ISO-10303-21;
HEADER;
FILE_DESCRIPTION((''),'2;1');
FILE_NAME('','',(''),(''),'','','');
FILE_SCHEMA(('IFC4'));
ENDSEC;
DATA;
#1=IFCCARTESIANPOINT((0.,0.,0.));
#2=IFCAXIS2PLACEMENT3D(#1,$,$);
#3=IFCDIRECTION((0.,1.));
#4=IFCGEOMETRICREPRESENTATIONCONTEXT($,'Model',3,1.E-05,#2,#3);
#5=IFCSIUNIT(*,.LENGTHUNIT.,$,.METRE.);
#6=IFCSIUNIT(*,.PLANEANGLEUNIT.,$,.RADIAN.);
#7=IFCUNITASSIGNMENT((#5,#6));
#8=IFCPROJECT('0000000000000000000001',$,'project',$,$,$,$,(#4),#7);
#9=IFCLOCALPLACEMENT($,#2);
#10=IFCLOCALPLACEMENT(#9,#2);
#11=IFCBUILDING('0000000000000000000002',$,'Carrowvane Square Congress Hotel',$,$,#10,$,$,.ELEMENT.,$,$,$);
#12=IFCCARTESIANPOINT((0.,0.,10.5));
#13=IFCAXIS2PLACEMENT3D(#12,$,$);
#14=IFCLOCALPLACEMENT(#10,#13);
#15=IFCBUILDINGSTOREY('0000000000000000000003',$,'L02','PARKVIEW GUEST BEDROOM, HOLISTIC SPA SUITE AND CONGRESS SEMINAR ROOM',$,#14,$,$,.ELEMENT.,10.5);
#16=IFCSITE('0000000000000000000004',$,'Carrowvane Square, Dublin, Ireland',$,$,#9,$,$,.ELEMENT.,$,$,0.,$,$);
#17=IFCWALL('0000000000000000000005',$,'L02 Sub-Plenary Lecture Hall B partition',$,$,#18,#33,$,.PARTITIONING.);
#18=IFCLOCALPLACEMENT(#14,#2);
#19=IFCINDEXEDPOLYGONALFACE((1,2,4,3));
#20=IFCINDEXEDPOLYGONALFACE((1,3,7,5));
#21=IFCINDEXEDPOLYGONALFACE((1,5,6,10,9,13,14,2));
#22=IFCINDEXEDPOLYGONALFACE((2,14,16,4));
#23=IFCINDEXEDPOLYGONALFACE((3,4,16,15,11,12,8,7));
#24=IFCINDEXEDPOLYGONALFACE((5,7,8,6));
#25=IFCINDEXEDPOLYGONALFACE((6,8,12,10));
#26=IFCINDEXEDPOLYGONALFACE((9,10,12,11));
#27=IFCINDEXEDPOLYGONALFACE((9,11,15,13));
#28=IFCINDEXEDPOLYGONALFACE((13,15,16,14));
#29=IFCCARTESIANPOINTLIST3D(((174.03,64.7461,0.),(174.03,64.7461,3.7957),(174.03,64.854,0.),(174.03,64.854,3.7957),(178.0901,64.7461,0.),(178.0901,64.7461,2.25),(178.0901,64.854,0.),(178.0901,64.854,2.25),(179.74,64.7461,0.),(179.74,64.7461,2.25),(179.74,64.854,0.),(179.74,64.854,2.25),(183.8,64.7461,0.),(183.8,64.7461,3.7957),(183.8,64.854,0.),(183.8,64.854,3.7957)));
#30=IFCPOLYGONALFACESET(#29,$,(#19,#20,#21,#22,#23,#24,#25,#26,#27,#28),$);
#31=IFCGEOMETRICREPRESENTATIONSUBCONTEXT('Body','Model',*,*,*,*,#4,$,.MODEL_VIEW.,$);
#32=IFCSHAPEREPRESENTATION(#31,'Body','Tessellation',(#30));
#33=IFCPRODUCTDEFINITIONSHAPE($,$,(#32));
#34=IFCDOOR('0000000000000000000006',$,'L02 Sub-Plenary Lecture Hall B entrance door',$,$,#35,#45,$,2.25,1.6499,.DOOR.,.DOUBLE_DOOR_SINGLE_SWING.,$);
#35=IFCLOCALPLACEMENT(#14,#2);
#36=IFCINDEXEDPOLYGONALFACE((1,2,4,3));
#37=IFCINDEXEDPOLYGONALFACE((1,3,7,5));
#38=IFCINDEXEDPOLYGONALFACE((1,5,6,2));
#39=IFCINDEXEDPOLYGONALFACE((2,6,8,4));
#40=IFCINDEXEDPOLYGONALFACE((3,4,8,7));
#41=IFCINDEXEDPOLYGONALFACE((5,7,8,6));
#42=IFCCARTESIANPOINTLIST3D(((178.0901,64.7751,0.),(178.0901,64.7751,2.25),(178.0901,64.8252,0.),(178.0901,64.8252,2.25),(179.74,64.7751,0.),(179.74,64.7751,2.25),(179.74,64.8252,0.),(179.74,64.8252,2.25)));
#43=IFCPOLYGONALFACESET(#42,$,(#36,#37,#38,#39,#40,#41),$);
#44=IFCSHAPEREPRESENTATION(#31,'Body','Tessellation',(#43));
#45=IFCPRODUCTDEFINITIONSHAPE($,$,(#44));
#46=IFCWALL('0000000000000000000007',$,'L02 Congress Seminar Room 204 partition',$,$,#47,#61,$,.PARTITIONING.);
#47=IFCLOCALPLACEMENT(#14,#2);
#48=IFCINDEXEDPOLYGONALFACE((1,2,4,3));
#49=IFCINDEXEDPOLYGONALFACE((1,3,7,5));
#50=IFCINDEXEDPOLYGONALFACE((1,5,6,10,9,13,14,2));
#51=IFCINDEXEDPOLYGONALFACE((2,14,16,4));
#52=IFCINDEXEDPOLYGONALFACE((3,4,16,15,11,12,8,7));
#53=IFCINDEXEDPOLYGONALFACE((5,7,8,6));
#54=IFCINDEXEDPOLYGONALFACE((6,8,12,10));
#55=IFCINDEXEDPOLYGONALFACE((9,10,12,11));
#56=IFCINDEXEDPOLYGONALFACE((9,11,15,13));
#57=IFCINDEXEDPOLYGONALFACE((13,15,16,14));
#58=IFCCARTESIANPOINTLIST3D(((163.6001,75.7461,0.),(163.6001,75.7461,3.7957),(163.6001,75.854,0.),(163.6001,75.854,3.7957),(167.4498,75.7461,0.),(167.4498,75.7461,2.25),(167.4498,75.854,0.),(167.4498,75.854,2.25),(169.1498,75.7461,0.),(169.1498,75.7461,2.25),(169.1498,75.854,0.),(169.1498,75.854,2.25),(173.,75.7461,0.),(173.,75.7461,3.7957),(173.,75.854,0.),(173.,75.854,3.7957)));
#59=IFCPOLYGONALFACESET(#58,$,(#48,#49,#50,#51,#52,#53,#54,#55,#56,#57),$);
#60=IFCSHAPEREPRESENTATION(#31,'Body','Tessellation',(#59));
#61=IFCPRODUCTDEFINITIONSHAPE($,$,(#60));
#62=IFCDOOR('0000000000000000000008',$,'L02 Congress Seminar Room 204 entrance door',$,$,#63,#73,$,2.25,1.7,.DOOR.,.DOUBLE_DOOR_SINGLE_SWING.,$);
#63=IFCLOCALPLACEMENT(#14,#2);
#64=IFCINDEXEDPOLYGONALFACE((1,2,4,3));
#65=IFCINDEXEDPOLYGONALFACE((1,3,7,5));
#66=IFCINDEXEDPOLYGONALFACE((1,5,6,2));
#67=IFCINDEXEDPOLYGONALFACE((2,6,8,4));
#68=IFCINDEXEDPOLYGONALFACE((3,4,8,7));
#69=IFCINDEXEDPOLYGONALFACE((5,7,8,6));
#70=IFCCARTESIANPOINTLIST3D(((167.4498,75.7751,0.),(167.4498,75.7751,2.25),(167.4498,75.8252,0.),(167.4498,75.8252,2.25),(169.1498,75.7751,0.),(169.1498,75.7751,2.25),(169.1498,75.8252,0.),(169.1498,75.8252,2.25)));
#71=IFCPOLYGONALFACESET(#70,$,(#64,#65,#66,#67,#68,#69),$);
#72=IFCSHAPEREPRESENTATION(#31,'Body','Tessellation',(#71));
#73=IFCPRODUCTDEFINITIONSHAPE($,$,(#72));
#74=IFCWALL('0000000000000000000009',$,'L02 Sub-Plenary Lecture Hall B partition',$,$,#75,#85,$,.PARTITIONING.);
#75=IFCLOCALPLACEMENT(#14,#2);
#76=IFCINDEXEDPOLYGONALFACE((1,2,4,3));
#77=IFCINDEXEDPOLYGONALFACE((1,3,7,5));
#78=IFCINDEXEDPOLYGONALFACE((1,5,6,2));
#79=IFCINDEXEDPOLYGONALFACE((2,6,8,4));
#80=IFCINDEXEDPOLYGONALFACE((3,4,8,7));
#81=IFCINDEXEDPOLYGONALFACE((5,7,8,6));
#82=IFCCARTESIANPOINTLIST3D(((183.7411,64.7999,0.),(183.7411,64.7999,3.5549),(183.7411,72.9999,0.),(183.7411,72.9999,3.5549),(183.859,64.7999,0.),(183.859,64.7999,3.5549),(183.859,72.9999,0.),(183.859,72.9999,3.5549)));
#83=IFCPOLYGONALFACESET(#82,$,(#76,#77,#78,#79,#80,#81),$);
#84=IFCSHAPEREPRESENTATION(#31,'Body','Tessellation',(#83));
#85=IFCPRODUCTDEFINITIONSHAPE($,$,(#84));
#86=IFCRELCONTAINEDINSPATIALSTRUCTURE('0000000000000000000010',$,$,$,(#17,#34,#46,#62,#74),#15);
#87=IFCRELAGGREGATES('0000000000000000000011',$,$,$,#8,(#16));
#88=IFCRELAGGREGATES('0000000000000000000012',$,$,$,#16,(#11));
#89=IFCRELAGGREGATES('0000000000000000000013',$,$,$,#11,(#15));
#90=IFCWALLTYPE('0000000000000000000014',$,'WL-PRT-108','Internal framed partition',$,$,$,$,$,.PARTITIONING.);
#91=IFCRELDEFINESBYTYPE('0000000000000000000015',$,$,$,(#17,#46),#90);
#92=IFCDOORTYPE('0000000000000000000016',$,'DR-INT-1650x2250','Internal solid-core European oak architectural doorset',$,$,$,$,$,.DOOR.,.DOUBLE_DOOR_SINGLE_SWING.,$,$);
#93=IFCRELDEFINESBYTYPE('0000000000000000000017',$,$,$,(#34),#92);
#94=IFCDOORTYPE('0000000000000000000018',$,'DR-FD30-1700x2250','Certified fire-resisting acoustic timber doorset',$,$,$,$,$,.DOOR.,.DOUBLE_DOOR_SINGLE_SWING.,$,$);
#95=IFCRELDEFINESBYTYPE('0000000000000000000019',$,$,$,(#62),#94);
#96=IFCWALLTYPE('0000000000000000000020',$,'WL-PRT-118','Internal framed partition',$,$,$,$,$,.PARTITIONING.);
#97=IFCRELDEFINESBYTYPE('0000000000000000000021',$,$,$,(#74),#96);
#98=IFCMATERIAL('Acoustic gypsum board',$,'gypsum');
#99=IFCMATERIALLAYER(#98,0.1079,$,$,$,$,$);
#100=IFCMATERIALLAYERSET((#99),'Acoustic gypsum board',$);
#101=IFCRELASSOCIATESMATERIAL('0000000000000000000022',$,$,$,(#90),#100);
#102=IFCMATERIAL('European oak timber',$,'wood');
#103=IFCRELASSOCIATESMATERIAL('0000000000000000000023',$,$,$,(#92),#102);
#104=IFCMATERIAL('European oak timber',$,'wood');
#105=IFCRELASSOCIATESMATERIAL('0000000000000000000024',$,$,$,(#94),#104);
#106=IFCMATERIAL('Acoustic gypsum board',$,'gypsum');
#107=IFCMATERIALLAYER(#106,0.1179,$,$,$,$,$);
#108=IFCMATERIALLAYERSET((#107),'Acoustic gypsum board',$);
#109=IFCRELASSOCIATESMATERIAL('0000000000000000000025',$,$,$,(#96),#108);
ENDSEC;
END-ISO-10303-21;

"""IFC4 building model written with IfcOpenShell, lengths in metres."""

from ifc_helpers import new_model, si_unit, direction, frame, frame_2d, origin, place, context, subcontext, project, spatial, rectangle, extrude, material, layer, layer_set, type_object, element, fill, save


model = new_model("IFC4")

# Units and contexts
model_context = context("Model", 3, precision=1e-05, world=origin(), true_north=direction((0.0, 1.0)))
body_context = subcontext(model_context, "Body", "Model", "MODEL_VIEW")
ifc_project = project(units=[si_unit("LENGTHUNIT", "METRE"), si_unit("PLANEANGLEUNIT", "RADIAN")], contexts=[model_context])

# Site, building, storey
site_placement = place(None, origin())
site = spatial("IfcSite", under=ifc_project, at=site_placement, Name="Carrowvane Square, Dublin, Ireland", CompositionType="ELEMENT", RefElevation=0.0)
building_placement = place(site_placement, origin())
building = spatial("IfcBuilding", under=site, at=building_placement, Name="Carrowvane Square Congress Hotel", CompositionType="ELEMENT")
storey_placement = place(building_placement, frame((0.0, 0.0, 10.5)))
storey = spatial("IfcBuildingStorey", under=building, at=storey_placement, Name="L02", Description="PARKVIEW GUEST BEDROOM, HOLISTIC SPA SUITE AND CONGRESS SEMINAR ROOM", CompositionType="ELEMENT", Elevation=10.5)

# Walls, openings, doors
ifc_material_1 = material(Name="Acoustic gypsum board", Category="gypsum")
ifc_layer_1 = layer(ifc_material_1, 0.1079)
ifc_layer_set_1 = layer_set([ifc_layer_1], Name="Acoustic gypsum board")
wall_type_1 = type_object("IfcWallType", Name="WL-PRT-108", Description="Internal framed partition", PredefinedType="PARTITIONING", material=ifc_layer_set_1)
wall_1_placement = place(storey_placement, frame((183.8, 64.8, 0.0), z_axis=(0.0, 0.0, 1.0), x_axis=(-1.0, 0.0, 0.0)))
wall_1 = element("IfcWall", 1, at=wall_1_placement, inside=storey, type_object=wall_type_1, Name="L02 Sub-Plenary Lecture Hall B partition", PredefinedType="PARTITIONING", context=body_context, shape_type="SweptSolid", body=[
    extrude(rectangle(XDim=9.77, YDim=0.1079, at=frame_2d((4.885, 0.0))), origin(), (0.0, 0.0, 1.0), 3.7957),
])
opening_1_placement = place(wall_1_placement, frame((4.0601, 0.0, 0.0)))
opening_1 = element("IfcOpeningElement", 2, at=opening_1_placement, cuts=wall_1, PredefinedType="OPENING", context=body_context, shape_type="SweptSolid", body=[
    extrude(rectangle(XDim=1.6499, YDim=2.25, at=frame_2d((0.825, 1.125))), frame((0.0, 0.064, 0.0), z_axis=(0.0, -1.0, 0.0), x_axis=(1.0, 0.0, 0.0)), (0.0, 0.0, 1.0), 0.1279),
])
ifc_material_2 = material(Name="European oak timber", Category="wood")
door_type_1 = type_object("IfcDoorType", Name="DR-INT-1650x2250", Description="Internal solid-core European oak architectural doorset", OperationType="DOUBLE_DOOR_SINGLE_SWING", PredefinedType="DOOR", material=ifc_material_2)
door_1_placement = place(opening_1_placement, origin())
door_1 = element("IfcDoor", 3, at=door_1_placement, inside=storey, type_object=door_type_1, Name="L02 Sub-Plenary Lecture Hall B entrance door", OperationType="DOUBLE_DOOR_SINGLE_SWING", OverallHeight=2.25, OverallWidth=1.6499, PredefinedType="DOOR", context=body_context, shape_type="SweptSolid", body=[
    extrude(rectangle(XDim=1.6499, YDim=2.25, at=frame_2d((0.825, 1.125))), frame((0.0, 0.0249, 0.0), z_axis=(0.0, -1.0, 0.0), x_axis=(1.0, 0.0, 0.0)), (0.0, 0.0, 1.0), 0.05),
])
fill(opening_1, door_1)
wall_2_placement = place(storey_placement, frame((173.0, 75.8, 0.0), z_axis=(0.0, 0.0, 1.0), x_axis=(-1.0, 0.0, 0.0)))
wall_2 = element("IfcWall", 4, at=wall_2_placement, inside=storey, type_object=wall_type_1, Name="L02 Congress Seminar Room 204 partition", PredefinedType="PARTITIONING", context=body_context, shape_type="SweptSolid", body=[
    extrude(rectangle(XDim=9.3999, YDim=0.1079, at=frame_2d((4.7, 0.0))), origin(), (0.0, 0.0, 1.0), 3.7957),
])
opening_2_placement = place(wall_2_placement, frame((3.8501, 0.0, 0.0)))
opening_2 = element("IfcOpeningElement", 5, at=opening_2_placement, cuts=wall_2, PredefinedType="OPENING", context=body_context, shape_type="SweptSolid", body=[
    extrude(rectangle(XDim=1.7, YDim=2.25, at=frame_2d((0.8501, 1.125))), frame((0.0, 0.064, 0.0), z_axis=(0.0, -1.0, 0.0), x_axis=(1.0, 0.0, 0.0)), (0.0, 0.0, 1.0), 0.1279),
])
ifc_material_3 = material(Name="European oak timber", Category="wood")
door_type_2 = type_object("IfcDoorType", Name="DR-FD30-1700x2250", Description="Certified fire-resisting acoustic timber doorset", OperationType="DOUBLE_DOOR_SINGLE_SWING", PredefinedType="DOOR", material=ifc_material_3)
door_2_placement = place(opening_2_placement, origin())
door_2 = element("IfcDoor", 6, at=door_2_placement, inside=storey, type_object=door_type_2, Name="L02 Congress Seminar Room 204 entrance door", OperationType="DOUBLE_DOOR_SINGLE_SWING", OverallHeight=2.25, OverallWidth=1.7, PredefinedType="DOOR", context=body_context, shape_type="SweptSolid", body=[
    extrude(rectangle(XDim=1.7, YDim=2.25, at=frame_2d((0.8501, 1.125))), frame((0.0, 0.0249, 0.0), z_axis=(0.0, -1.0, 0.0), x_axis=(1.0, 0.0, 0.0)), (0.0, 0.0, 1.0), 0.05),
])
fill(opening_2, door_2)

# Wall
ifc_material_4 = material(Name="Acoustic gypsum board", Category="gypsum")
ifc_layer_2 = layer(ifc_material_4, 0.1179)
ifc_layer_set_2 = layer_set([ifc_layer_2], Name="Acoustic gypsum board")
wall_type_2 = type_object("IfcWallType", Name="WL-PRT-118", Description="Internal framed partition", PredefinedType="PARTITIONING", material=ifc_layer_set_2)
wall_3_placement = place(storey_placement, frame((183.8, 73.0, 0.0), z_axis=(0.0, 0.0, 1.0), x_axis=(0.0, -1.0, 0.0)))
element("IfcWall", 7, at=wall_3_placement, inside=storey, type_object=wall_type_2, Name="L02 Sub-Plenary Lecture Hall B partition", PredefinedType="PARTITIONING", context=body_context, shape_type="SweptSolid", body=[
    extrude(rectangle(XDim=8.2, YDim=0.1179, at=frame_2d((4.1001, 0.0))), origin(), (0.0, 0.0, 1.0), 3.5549),
])

save(model, "model.ifc")
